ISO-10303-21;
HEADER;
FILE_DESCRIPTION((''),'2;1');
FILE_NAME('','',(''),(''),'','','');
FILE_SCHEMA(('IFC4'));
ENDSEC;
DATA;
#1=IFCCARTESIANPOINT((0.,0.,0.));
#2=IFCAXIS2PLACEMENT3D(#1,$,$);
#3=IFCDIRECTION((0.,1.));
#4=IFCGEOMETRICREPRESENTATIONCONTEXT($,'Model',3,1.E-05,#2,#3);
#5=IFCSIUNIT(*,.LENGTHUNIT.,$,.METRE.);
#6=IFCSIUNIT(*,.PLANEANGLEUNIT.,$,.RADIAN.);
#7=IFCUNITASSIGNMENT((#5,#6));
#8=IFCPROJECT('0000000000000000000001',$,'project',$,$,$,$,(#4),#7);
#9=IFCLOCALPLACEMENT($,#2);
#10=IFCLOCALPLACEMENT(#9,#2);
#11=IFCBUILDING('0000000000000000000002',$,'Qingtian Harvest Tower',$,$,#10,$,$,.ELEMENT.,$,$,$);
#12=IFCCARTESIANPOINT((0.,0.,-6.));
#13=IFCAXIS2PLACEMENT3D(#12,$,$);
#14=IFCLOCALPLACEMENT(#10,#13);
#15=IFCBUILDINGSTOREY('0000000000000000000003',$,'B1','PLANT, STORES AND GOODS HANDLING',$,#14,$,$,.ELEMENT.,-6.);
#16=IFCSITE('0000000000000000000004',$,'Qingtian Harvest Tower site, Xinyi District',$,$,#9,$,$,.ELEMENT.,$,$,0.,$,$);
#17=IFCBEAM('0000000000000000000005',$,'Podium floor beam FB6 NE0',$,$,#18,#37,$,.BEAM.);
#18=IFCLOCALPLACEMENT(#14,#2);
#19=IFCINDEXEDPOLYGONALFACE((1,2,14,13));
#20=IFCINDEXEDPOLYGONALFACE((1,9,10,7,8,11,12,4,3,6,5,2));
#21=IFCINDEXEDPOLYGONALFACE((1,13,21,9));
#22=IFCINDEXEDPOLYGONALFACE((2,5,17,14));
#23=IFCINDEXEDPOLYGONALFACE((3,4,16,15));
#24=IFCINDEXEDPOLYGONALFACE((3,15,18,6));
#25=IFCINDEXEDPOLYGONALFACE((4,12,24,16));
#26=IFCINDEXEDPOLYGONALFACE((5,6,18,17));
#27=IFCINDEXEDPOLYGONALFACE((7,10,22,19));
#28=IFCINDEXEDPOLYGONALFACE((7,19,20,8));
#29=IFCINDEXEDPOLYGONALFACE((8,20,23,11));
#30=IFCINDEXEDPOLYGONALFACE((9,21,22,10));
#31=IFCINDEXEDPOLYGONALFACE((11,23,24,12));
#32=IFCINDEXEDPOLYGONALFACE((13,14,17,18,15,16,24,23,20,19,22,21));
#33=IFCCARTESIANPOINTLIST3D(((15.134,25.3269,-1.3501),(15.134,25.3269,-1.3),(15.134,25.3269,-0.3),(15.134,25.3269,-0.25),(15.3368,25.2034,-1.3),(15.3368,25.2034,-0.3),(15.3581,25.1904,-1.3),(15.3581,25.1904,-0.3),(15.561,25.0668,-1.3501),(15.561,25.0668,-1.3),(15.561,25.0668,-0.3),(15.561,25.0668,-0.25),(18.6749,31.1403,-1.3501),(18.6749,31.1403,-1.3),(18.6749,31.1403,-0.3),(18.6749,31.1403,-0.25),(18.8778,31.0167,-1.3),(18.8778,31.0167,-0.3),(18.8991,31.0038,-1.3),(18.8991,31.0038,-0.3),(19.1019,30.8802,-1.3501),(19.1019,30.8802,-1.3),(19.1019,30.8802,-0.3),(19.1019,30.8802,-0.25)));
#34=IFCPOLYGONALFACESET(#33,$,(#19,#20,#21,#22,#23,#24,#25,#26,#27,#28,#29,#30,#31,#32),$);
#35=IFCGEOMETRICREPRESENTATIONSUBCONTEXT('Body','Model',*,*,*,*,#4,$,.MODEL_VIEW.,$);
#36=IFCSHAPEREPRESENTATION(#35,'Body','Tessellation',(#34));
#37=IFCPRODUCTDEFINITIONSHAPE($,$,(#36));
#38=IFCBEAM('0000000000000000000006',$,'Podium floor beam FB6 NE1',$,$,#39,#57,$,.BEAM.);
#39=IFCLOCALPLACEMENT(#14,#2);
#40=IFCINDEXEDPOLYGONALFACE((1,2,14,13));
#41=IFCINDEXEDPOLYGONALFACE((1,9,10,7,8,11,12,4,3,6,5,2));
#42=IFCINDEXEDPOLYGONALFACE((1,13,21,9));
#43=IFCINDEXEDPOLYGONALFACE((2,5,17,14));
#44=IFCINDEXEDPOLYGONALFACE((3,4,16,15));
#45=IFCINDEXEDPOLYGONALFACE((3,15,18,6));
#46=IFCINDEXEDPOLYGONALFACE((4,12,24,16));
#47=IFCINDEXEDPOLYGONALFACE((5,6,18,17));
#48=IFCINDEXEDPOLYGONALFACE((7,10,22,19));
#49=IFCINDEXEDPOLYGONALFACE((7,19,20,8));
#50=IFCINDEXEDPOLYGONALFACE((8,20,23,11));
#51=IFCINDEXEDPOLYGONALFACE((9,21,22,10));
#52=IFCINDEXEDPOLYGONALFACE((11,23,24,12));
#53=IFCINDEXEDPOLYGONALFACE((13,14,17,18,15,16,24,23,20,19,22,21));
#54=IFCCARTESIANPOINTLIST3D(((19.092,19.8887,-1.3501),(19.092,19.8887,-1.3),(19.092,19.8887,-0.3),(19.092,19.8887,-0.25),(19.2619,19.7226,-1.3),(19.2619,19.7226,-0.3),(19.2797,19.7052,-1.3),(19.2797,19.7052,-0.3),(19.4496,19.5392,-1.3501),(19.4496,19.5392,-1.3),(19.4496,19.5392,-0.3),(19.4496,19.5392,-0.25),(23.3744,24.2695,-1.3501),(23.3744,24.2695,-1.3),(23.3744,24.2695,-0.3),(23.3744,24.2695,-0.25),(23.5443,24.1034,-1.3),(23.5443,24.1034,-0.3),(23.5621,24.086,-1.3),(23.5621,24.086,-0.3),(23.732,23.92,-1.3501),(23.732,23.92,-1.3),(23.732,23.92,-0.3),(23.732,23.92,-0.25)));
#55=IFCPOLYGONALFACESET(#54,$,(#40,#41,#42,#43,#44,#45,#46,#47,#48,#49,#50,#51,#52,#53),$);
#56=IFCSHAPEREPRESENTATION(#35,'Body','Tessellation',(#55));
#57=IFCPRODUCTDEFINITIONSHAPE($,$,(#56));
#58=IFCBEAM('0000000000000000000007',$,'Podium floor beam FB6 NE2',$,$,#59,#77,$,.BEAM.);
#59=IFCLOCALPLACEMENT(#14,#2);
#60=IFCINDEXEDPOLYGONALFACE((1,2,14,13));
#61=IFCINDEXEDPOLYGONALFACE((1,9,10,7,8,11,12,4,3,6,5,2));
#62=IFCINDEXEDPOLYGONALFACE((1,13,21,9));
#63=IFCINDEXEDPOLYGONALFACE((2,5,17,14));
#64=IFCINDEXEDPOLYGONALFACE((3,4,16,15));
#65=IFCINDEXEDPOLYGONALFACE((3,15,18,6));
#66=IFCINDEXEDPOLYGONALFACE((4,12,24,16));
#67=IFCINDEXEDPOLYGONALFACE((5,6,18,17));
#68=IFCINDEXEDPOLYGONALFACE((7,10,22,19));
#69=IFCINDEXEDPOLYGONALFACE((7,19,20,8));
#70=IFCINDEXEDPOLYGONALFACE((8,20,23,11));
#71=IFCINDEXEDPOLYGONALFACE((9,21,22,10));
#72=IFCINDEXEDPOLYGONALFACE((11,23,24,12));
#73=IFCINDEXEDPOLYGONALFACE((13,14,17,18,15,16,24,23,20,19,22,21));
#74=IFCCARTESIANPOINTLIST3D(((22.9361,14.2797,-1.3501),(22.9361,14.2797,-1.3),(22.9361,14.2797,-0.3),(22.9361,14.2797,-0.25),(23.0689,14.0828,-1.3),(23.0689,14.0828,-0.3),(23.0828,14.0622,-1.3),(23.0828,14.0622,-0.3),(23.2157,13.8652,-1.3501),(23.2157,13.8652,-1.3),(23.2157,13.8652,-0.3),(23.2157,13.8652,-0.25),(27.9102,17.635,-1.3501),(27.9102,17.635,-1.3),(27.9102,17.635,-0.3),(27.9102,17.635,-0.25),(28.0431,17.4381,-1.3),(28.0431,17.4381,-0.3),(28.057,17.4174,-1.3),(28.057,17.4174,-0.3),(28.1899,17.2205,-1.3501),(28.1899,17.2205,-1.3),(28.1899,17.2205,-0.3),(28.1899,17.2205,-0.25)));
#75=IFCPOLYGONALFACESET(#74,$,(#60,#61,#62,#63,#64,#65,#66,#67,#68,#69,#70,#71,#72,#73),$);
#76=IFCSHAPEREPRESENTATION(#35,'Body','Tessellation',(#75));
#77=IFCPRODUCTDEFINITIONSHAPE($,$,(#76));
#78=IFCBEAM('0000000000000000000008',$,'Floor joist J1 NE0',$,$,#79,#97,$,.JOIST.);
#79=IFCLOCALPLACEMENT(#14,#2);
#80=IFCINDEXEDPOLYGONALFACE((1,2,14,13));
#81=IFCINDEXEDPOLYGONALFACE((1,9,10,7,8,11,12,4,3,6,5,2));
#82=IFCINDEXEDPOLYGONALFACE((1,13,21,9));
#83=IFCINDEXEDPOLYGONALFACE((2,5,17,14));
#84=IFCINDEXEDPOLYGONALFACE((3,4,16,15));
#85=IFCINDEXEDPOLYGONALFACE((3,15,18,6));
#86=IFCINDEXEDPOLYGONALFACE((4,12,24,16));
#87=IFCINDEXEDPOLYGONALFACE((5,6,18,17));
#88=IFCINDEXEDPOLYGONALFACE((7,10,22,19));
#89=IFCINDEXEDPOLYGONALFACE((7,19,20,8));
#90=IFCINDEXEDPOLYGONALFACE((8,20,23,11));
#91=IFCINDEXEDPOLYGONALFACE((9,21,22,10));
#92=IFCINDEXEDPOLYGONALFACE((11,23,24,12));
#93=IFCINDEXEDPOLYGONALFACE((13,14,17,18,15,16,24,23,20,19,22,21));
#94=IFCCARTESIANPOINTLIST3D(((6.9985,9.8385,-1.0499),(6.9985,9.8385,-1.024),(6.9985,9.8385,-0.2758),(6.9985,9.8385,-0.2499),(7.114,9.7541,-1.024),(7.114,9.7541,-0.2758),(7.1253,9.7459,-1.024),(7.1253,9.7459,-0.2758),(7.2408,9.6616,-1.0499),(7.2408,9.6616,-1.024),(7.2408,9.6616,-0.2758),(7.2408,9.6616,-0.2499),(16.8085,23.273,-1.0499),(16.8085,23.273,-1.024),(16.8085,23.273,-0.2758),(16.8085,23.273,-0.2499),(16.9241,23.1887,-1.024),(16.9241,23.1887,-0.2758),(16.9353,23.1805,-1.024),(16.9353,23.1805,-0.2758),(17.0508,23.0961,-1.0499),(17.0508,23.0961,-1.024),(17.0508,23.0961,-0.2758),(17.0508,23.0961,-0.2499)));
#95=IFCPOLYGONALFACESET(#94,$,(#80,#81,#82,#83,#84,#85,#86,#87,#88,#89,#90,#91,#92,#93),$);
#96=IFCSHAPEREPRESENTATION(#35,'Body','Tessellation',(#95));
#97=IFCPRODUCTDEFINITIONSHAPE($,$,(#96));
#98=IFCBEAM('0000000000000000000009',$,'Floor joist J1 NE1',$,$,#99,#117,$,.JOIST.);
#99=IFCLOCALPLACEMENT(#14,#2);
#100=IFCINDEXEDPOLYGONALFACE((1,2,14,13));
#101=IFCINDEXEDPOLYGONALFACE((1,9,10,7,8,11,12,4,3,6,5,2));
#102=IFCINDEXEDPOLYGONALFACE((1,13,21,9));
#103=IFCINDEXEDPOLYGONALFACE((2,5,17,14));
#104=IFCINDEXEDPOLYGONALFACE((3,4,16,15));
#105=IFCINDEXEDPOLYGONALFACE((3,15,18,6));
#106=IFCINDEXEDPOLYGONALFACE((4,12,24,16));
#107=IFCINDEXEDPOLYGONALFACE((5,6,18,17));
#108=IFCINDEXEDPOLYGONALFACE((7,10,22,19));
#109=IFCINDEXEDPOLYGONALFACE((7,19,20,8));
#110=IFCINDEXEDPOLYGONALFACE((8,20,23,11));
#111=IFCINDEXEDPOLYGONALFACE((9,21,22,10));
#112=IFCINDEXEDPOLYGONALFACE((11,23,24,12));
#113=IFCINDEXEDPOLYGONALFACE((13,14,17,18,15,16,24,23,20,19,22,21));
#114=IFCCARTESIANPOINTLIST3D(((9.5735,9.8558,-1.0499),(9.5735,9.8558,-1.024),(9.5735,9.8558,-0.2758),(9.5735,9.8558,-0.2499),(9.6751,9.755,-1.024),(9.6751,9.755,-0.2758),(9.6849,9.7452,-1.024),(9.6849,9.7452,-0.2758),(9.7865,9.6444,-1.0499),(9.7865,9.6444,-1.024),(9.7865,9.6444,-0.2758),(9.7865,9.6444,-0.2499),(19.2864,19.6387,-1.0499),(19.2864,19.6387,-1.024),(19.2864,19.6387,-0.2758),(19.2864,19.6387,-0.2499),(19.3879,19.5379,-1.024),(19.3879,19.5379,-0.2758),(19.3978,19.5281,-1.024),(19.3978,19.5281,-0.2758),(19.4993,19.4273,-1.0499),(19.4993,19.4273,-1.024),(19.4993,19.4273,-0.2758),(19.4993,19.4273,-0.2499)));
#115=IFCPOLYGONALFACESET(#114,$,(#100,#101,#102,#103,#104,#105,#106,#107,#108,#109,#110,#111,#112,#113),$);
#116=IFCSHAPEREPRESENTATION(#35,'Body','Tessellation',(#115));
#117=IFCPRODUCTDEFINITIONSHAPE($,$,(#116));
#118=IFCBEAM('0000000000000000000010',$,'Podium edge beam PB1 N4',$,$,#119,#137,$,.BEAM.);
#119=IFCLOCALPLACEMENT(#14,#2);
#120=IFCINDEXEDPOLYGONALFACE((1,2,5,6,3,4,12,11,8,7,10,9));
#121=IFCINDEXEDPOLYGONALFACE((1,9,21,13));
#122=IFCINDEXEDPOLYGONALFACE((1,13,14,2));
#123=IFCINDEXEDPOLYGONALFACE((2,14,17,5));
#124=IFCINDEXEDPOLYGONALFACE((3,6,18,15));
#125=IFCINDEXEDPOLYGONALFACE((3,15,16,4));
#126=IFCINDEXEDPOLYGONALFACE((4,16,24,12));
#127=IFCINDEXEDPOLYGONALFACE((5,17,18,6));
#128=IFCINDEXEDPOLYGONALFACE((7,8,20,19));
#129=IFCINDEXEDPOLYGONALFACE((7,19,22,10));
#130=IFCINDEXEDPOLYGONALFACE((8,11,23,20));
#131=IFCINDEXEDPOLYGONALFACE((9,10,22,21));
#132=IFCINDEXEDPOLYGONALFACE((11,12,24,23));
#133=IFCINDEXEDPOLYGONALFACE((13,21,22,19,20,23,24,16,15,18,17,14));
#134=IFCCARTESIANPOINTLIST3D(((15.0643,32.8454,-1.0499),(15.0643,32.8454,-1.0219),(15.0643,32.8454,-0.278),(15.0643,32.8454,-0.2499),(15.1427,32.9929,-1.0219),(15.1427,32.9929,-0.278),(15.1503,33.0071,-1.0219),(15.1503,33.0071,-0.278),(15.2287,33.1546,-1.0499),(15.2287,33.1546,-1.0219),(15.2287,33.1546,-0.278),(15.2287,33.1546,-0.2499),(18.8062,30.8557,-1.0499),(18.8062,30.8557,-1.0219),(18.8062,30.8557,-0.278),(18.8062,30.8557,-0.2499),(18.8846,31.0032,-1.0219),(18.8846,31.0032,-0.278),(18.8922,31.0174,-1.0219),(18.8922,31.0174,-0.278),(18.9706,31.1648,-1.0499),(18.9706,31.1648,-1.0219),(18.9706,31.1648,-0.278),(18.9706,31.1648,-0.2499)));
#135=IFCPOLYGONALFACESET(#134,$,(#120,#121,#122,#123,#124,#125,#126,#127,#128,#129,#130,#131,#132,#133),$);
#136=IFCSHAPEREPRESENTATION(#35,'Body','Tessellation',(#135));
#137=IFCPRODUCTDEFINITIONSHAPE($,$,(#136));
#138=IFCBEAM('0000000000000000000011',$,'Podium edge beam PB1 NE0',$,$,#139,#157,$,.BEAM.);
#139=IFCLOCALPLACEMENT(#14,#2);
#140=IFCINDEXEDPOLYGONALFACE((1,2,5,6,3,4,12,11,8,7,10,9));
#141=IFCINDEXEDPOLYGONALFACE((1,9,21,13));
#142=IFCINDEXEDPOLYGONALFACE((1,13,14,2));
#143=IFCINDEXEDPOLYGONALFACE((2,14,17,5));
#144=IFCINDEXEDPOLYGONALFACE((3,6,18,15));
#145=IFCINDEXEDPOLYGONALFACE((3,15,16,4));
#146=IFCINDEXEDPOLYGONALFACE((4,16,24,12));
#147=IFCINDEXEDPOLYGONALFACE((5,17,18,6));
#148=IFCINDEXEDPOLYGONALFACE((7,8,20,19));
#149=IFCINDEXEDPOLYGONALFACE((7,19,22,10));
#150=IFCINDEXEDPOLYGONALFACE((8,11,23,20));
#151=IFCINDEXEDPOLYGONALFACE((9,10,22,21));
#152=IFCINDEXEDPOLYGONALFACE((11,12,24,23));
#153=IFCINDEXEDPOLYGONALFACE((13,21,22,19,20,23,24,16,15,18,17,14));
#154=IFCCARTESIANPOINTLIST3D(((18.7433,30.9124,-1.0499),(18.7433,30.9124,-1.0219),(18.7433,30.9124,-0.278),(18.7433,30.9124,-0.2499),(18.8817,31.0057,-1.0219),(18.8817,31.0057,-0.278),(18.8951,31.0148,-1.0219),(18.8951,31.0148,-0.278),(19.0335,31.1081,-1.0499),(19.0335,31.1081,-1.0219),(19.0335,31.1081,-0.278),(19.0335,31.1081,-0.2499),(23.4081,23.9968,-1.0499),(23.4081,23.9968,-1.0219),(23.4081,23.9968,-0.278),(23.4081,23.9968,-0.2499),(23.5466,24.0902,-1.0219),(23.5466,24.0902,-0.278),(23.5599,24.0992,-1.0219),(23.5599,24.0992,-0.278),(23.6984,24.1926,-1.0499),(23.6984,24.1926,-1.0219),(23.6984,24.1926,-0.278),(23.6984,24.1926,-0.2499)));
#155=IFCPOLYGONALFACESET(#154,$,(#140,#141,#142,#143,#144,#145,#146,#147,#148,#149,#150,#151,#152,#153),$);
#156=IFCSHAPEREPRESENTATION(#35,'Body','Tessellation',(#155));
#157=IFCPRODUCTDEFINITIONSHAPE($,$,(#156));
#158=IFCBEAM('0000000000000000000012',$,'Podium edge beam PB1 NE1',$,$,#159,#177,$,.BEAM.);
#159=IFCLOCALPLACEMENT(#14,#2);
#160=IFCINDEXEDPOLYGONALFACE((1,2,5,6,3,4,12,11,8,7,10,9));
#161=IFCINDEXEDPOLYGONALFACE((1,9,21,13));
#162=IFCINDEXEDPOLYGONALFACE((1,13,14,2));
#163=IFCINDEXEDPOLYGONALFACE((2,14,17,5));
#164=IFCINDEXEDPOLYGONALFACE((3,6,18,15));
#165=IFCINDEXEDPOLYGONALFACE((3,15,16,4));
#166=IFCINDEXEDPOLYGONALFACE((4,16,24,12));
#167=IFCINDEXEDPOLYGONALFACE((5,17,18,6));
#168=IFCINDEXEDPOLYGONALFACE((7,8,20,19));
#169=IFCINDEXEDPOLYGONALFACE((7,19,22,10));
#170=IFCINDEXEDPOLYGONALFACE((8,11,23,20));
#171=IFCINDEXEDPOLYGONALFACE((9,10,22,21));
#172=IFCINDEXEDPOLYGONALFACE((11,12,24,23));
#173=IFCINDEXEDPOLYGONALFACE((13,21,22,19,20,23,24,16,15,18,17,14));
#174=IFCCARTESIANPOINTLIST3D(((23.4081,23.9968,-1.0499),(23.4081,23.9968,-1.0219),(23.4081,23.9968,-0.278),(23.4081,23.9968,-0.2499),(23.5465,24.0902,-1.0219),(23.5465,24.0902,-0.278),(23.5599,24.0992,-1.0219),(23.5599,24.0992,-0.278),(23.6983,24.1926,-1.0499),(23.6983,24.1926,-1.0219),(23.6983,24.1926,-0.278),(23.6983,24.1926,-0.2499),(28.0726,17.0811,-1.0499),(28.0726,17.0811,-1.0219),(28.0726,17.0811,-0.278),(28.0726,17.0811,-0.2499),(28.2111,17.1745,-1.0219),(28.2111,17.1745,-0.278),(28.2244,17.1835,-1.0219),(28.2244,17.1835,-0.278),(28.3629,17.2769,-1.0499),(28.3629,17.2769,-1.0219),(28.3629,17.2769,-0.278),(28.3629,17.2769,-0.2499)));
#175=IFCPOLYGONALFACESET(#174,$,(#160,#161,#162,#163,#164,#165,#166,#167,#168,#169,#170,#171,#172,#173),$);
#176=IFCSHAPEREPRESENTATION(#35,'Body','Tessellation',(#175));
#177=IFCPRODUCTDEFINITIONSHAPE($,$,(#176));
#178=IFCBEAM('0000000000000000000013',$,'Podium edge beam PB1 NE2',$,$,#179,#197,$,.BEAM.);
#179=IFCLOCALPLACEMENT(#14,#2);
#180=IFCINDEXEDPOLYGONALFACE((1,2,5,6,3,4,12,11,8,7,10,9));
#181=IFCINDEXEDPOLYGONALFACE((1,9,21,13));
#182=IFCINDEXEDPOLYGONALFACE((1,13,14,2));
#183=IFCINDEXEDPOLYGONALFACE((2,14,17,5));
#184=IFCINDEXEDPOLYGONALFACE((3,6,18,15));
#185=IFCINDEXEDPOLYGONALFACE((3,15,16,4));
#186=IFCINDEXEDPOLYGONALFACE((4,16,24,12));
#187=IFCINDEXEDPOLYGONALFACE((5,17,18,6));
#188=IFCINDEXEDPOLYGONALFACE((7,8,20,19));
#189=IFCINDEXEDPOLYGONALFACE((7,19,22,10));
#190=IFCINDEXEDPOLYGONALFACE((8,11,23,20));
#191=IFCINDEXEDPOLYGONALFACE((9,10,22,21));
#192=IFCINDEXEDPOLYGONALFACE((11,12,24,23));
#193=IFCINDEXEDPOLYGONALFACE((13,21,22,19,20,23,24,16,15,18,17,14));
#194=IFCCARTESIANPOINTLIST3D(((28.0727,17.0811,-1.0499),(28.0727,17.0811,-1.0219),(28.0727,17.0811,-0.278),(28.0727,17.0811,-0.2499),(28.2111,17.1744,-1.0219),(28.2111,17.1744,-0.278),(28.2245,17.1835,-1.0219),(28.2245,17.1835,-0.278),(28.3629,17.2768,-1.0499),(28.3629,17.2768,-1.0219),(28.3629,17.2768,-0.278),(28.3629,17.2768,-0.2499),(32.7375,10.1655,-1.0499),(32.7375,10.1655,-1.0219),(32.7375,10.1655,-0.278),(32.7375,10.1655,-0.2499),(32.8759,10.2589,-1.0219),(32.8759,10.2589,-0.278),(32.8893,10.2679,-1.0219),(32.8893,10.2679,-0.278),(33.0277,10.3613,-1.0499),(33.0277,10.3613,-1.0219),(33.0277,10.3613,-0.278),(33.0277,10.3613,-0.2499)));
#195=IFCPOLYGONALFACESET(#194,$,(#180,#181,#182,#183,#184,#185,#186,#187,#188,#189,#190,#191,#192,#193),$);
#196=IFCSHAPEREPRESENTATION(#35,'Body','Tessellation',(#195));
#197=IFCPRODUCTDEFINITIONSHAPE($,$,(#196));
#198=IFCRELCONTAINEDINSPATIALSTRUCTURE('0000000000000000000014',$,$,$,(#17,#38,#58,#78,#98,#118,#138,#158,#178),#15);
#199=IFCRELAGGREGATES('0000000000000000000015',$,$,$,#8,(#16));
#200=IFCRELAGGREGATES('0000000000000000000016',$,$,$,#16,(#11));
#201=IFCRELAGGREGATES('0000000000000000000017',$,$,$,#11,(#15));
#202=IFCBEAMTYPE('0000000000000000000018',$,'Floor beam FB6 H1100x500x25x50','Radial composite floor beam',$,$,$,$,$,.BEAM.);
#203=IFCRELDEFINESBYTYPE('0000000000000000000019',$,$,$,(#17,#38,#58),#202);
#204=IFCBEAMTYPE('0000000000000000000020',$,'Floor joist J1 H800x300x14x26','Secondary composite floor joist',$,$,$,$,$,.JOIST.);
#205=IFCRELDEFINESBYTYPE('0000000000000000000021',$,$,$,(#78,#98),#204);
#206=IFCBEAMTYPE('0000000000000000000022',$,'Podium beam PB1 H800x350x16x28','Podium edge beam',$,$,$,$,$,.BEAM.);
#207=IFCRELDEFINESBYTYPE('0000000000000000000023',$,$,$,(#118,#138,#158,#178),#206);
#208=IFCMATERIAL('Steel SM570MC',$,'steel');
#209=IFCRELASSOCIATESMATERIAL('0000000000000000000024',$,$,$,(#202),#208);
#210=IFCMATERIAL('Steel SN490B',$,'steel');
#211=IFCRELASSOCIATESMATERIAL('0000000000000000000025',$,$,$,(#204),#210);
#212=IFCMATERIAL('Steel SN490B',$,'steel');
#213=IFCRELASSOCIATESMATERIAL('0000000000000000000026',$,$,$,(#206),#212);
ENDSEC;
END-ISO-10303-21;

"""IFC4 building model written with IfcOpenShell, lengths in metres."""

from ifc_helpers import new_model, si_unit, direction, frame, origin, origin_2d, place, context, subcontext, project, spatial, i_section, extrude, material, material_profile, profile_set, type_object, element, save


model = new_model("IFC4")

# Units and contexts
model_context = context("Model", 3, precision=1e-05, world=origin(), true_north=direction((0.0, 1.0)))
body_context = subcontext(model_context, "Body", "Model", "MODEL_VIEW")
ifc_project = project(units=[si_unit("LENGTHUNIT", "METRE"), si_unit("PLANEANGLEUNIT", "RADIAN")], contexts=[model_context])

# Site, building, storey
site_placement = place(None, origin())
site = spatial("IfcSite", under=ifc_project, at=site_placement, Name="Qingtian Harvest Tower site, Xinyi District", CompositionType="ELEMENT", RefElevation=0.0)
building_placement = place(site_placement, origin())
building = spatial("IfcBuilding", under=site, at=building_placement, Name="Qingtian Harvest Tower", CompositionType="ELEMENT")
storey_placement = place(building_placement, frame((0.0, 0.0, -6.0)))
storey = spatial("IfcBuildingStorey", under=building, at=storey_placement, Name="B1", Description="PLANT, STORES AND GOODS HANDLING", CompositionType="ELEMENT", Elevation=-6.0)

# Beams
ifc_material_1 = material(Name="Steel SM570MC", Category="steel")
ifc_material_profile_1 = material_profile(ifc_material_1, i_section(OverallWidth=0.5, OverallDepth=1.1001, WebThickness=0.0249, FlangeThickness=0.05, at=origin_2d()), Name="H1100x500x25x50")
ifc_profile_set_1 = profile_set([ifc_material_profile_1], Name="Steel SM570MC")
beam_type_1 = type_object("IfcBeamType", Name="Floor beam FB6 H1100x500x25x50", Description="Radial composite floor beam", PredefinedType="BEAM", material=ifc_profile_set_1)
beam_1_placement = place(storey_placement, frame((18.8884, 31.0103, -0.8), z_axis=(-0.520202, -0.854043, 0.0), x_axis=(0.854043, -0.520202, 0.0)))
element("IfcBeam", 1, at=beam_1_placement, inside=storey, type_object=beam_type_1, Name="Podium floor beam FB6 NE0", PredefinedType="BEAM", context=body_context, shape_type="SweptSolid", body=[
    extrude(i_section(OverallWidth=0.5, OverallDepth=1.1001, WebThickness=0.0249, FlangeThickness=0.05, at=origin_2d()), origin(), (0.0, 0.0, 1.0), 6.8069),
])
beam_2_placement = place(storey_placement, frame((23.5532, 24.0947, -0.8), z_axis=(-0.699031, -0.715091, 0.0), x_axis=(0.715091, -0.699031, 0.0)))
element("IfcBeam", 2, at=beam_2_placement, inside=storey, type_object=beam_type_1, Name="Podium floor beam FB6 NE1", PredefinedType="BEAM", context=body_context, shape_type="SweptSolid", body=[
    extrude(i_section(OverallWidth=0.5, OverallDepth=1.1001, WebThickness=0.0249, FlangeThickness=0.05, at=origin_2d()), origin(), (0.0, 0.0, 1.0), 6.1262),
])
beam_3_placement = place(storey_placement, frame((28.05, 17.4277, -0.8), z_axis=(-0.829027, -0.559209, 0.0), x_axis=(0.559209, -0.829027, 0.0)))
element("IfcBeam", 3, at=beam_3_placement, inside=storey, type_object=beam_type_1, Name="Podium floor beam FB6 NE2", PredefinedType="BEAM", context=body_context, shape_type="SweptSolid", body=[
    extrude(i_section(OverallWidth=0.5, OverallDepth=1.1001, WebThickness=0.0249, FlangeThickness=0.05, at=origin_2d()), origin(), (0.0, 0.0, 1.0), 6.0),
])
ifc_material_2 = material(Name="Steel SN490B", Category="steel")
ifc_material_profile_2 = material_profile(ifc_material_2, i_section(OverallWidth=0.3, OverallDepth=0.8, WebThickness=0.0139, FlangeThickness=0.0259, at=origin_2d()), Name="H800x300x14x26")
ifc_profile_set_2 = profile_set([ifc_material_profile_2], Name="Steel SN490B")
beam_type_2 = type_object("IfcBeamType", Name="Floor joist J1 H800x300x14x26", Description="Secondary composite floor joist", PredefinedType="JOIST", material=ifc_profile_set_2)
beam_4_placement = place(storey_placement, frame((16.9297, 23.1846, -0.6499), z_axis=(-0.589722, -0.807606, 0.0), x_axis=(0.807606, -0.589722, 0.0)))
element("IfcBeam", 4, at=beam_4_placement, inside=storey, type_object=beam_type_2, Name="Floor joist J1 NE0", PredefinedType="JOIST", context=body_context, shape_type="SweptSolid", body=[
    extrude(i_section(OverallWidth=0.3, OverallDepth=0.8, WebThickness=0.0139, FlangeThickness=0.0259, at=origin_2d()), origin(), (0.0, 0.0, 1.0), 16.635),
])
beam_5_placement = place(storey_placement, frame((19.3928, 19.533, -0.6499), z_axis=(-0.704561, -0.709644, 0.0), x_axis=(0.709644, -0.704561, 0.0)))
element("IfcBeam", 5, at=beam_5_placement, inside=storey, type_object=beam_type_2, Name="Floor joist J1 NE1", PredefinedType="JOIST", context=body_context, shape_type="SweptSolid", body=[
    extrude(i_section(OverallWidth=0.3, OverallDepth=0.8, WebThickness=0.0139, FlangeThickness=0.0259, at=origin_2d()), origin(), (0.0, 0.0, 1.0), 13.7856),
])
ifc_material_3 = material(Name="Steel SN490B", Category="steel")
ifc_material_profile_3 = material_profile(ifc_material_3, i_section(OverallWidth=0.3501, OverallDepth=0.8, WebThickness=0.0161, FlangeThickness=0.0281, at=origin_2d()), Name="H800x350x16x28")
ifc_profile_set_3 = profile_set([ifc_material_profile_3], Name="Steel SN490B")
beam_type_3 = type_object("IfcBeamType", Name="Podium beam PB1 H800x350x16x28", Description="Podium edge beam", PredefinedType="BEAM", material=ifc_profile_set_3)
beam_6_placement = place(storey_placement, frame((15.1465, 33.0, -0.6499), z_axis=(0.882936, -0.469494, 0.0), x_axis=(0.469494, 0.882936, 0.0)))
element("IfcBeam", 6, at=beam_6_placement, inside=storey, type_object=beam_type_3, Name="Podium edge beam PB1 N4", PredefinedType="BEAM", context=body_context, shape_type="SweptSolid", body=[
    extrude(i_section(OverallWidth=0.3501, OverallDepth=0.8, WebThickness=0.0161, FlangeThickness=0.0281, at=origin_2d()), origin(), (0.0, 0.0, 1.0), 4.238),
])
for number, where, z_axis, x_axis, name in (
    (7, (18.8884, 31.0103, -0.6499), (0.55921, -0.829026, 0.0), (0.829026, 0.55921, 0.0), "Podium edge beam PB1 NE0"),
    (8, (23.5532, 24.0947, -0.6499), (0.559177, -0.829048, 0.0), (0.829048, 0.559177, 0.0), "Podium edge beam PB1 NE1"),
    (9, (28.2178, 17.179, -0.6499), (0.55921, -0.829026, 0.0), (0.829026, 0.55921, 0.0), "Podium edge beam PB1 NE2"),
):
    element("IfcBeam", number, at=place(storey_placement, frame(where, z_axis=z_axis, x_axis=x_axis)), inside=storey, type_object=beam_type_3, Name=name, PredefinedType="BEAM", context=body_context, shape_type="SweptSolid", body=[
        extrude(i_section(OverallWidth=0.3501, OverallDepth=0.8, WebThickness=0.0161, FlangeThickness=0.0281, at=origin_2d()), origin(), (0.0, 0.0, 1.0), 8.3418),
    ])

save(model, "model.ifc")
